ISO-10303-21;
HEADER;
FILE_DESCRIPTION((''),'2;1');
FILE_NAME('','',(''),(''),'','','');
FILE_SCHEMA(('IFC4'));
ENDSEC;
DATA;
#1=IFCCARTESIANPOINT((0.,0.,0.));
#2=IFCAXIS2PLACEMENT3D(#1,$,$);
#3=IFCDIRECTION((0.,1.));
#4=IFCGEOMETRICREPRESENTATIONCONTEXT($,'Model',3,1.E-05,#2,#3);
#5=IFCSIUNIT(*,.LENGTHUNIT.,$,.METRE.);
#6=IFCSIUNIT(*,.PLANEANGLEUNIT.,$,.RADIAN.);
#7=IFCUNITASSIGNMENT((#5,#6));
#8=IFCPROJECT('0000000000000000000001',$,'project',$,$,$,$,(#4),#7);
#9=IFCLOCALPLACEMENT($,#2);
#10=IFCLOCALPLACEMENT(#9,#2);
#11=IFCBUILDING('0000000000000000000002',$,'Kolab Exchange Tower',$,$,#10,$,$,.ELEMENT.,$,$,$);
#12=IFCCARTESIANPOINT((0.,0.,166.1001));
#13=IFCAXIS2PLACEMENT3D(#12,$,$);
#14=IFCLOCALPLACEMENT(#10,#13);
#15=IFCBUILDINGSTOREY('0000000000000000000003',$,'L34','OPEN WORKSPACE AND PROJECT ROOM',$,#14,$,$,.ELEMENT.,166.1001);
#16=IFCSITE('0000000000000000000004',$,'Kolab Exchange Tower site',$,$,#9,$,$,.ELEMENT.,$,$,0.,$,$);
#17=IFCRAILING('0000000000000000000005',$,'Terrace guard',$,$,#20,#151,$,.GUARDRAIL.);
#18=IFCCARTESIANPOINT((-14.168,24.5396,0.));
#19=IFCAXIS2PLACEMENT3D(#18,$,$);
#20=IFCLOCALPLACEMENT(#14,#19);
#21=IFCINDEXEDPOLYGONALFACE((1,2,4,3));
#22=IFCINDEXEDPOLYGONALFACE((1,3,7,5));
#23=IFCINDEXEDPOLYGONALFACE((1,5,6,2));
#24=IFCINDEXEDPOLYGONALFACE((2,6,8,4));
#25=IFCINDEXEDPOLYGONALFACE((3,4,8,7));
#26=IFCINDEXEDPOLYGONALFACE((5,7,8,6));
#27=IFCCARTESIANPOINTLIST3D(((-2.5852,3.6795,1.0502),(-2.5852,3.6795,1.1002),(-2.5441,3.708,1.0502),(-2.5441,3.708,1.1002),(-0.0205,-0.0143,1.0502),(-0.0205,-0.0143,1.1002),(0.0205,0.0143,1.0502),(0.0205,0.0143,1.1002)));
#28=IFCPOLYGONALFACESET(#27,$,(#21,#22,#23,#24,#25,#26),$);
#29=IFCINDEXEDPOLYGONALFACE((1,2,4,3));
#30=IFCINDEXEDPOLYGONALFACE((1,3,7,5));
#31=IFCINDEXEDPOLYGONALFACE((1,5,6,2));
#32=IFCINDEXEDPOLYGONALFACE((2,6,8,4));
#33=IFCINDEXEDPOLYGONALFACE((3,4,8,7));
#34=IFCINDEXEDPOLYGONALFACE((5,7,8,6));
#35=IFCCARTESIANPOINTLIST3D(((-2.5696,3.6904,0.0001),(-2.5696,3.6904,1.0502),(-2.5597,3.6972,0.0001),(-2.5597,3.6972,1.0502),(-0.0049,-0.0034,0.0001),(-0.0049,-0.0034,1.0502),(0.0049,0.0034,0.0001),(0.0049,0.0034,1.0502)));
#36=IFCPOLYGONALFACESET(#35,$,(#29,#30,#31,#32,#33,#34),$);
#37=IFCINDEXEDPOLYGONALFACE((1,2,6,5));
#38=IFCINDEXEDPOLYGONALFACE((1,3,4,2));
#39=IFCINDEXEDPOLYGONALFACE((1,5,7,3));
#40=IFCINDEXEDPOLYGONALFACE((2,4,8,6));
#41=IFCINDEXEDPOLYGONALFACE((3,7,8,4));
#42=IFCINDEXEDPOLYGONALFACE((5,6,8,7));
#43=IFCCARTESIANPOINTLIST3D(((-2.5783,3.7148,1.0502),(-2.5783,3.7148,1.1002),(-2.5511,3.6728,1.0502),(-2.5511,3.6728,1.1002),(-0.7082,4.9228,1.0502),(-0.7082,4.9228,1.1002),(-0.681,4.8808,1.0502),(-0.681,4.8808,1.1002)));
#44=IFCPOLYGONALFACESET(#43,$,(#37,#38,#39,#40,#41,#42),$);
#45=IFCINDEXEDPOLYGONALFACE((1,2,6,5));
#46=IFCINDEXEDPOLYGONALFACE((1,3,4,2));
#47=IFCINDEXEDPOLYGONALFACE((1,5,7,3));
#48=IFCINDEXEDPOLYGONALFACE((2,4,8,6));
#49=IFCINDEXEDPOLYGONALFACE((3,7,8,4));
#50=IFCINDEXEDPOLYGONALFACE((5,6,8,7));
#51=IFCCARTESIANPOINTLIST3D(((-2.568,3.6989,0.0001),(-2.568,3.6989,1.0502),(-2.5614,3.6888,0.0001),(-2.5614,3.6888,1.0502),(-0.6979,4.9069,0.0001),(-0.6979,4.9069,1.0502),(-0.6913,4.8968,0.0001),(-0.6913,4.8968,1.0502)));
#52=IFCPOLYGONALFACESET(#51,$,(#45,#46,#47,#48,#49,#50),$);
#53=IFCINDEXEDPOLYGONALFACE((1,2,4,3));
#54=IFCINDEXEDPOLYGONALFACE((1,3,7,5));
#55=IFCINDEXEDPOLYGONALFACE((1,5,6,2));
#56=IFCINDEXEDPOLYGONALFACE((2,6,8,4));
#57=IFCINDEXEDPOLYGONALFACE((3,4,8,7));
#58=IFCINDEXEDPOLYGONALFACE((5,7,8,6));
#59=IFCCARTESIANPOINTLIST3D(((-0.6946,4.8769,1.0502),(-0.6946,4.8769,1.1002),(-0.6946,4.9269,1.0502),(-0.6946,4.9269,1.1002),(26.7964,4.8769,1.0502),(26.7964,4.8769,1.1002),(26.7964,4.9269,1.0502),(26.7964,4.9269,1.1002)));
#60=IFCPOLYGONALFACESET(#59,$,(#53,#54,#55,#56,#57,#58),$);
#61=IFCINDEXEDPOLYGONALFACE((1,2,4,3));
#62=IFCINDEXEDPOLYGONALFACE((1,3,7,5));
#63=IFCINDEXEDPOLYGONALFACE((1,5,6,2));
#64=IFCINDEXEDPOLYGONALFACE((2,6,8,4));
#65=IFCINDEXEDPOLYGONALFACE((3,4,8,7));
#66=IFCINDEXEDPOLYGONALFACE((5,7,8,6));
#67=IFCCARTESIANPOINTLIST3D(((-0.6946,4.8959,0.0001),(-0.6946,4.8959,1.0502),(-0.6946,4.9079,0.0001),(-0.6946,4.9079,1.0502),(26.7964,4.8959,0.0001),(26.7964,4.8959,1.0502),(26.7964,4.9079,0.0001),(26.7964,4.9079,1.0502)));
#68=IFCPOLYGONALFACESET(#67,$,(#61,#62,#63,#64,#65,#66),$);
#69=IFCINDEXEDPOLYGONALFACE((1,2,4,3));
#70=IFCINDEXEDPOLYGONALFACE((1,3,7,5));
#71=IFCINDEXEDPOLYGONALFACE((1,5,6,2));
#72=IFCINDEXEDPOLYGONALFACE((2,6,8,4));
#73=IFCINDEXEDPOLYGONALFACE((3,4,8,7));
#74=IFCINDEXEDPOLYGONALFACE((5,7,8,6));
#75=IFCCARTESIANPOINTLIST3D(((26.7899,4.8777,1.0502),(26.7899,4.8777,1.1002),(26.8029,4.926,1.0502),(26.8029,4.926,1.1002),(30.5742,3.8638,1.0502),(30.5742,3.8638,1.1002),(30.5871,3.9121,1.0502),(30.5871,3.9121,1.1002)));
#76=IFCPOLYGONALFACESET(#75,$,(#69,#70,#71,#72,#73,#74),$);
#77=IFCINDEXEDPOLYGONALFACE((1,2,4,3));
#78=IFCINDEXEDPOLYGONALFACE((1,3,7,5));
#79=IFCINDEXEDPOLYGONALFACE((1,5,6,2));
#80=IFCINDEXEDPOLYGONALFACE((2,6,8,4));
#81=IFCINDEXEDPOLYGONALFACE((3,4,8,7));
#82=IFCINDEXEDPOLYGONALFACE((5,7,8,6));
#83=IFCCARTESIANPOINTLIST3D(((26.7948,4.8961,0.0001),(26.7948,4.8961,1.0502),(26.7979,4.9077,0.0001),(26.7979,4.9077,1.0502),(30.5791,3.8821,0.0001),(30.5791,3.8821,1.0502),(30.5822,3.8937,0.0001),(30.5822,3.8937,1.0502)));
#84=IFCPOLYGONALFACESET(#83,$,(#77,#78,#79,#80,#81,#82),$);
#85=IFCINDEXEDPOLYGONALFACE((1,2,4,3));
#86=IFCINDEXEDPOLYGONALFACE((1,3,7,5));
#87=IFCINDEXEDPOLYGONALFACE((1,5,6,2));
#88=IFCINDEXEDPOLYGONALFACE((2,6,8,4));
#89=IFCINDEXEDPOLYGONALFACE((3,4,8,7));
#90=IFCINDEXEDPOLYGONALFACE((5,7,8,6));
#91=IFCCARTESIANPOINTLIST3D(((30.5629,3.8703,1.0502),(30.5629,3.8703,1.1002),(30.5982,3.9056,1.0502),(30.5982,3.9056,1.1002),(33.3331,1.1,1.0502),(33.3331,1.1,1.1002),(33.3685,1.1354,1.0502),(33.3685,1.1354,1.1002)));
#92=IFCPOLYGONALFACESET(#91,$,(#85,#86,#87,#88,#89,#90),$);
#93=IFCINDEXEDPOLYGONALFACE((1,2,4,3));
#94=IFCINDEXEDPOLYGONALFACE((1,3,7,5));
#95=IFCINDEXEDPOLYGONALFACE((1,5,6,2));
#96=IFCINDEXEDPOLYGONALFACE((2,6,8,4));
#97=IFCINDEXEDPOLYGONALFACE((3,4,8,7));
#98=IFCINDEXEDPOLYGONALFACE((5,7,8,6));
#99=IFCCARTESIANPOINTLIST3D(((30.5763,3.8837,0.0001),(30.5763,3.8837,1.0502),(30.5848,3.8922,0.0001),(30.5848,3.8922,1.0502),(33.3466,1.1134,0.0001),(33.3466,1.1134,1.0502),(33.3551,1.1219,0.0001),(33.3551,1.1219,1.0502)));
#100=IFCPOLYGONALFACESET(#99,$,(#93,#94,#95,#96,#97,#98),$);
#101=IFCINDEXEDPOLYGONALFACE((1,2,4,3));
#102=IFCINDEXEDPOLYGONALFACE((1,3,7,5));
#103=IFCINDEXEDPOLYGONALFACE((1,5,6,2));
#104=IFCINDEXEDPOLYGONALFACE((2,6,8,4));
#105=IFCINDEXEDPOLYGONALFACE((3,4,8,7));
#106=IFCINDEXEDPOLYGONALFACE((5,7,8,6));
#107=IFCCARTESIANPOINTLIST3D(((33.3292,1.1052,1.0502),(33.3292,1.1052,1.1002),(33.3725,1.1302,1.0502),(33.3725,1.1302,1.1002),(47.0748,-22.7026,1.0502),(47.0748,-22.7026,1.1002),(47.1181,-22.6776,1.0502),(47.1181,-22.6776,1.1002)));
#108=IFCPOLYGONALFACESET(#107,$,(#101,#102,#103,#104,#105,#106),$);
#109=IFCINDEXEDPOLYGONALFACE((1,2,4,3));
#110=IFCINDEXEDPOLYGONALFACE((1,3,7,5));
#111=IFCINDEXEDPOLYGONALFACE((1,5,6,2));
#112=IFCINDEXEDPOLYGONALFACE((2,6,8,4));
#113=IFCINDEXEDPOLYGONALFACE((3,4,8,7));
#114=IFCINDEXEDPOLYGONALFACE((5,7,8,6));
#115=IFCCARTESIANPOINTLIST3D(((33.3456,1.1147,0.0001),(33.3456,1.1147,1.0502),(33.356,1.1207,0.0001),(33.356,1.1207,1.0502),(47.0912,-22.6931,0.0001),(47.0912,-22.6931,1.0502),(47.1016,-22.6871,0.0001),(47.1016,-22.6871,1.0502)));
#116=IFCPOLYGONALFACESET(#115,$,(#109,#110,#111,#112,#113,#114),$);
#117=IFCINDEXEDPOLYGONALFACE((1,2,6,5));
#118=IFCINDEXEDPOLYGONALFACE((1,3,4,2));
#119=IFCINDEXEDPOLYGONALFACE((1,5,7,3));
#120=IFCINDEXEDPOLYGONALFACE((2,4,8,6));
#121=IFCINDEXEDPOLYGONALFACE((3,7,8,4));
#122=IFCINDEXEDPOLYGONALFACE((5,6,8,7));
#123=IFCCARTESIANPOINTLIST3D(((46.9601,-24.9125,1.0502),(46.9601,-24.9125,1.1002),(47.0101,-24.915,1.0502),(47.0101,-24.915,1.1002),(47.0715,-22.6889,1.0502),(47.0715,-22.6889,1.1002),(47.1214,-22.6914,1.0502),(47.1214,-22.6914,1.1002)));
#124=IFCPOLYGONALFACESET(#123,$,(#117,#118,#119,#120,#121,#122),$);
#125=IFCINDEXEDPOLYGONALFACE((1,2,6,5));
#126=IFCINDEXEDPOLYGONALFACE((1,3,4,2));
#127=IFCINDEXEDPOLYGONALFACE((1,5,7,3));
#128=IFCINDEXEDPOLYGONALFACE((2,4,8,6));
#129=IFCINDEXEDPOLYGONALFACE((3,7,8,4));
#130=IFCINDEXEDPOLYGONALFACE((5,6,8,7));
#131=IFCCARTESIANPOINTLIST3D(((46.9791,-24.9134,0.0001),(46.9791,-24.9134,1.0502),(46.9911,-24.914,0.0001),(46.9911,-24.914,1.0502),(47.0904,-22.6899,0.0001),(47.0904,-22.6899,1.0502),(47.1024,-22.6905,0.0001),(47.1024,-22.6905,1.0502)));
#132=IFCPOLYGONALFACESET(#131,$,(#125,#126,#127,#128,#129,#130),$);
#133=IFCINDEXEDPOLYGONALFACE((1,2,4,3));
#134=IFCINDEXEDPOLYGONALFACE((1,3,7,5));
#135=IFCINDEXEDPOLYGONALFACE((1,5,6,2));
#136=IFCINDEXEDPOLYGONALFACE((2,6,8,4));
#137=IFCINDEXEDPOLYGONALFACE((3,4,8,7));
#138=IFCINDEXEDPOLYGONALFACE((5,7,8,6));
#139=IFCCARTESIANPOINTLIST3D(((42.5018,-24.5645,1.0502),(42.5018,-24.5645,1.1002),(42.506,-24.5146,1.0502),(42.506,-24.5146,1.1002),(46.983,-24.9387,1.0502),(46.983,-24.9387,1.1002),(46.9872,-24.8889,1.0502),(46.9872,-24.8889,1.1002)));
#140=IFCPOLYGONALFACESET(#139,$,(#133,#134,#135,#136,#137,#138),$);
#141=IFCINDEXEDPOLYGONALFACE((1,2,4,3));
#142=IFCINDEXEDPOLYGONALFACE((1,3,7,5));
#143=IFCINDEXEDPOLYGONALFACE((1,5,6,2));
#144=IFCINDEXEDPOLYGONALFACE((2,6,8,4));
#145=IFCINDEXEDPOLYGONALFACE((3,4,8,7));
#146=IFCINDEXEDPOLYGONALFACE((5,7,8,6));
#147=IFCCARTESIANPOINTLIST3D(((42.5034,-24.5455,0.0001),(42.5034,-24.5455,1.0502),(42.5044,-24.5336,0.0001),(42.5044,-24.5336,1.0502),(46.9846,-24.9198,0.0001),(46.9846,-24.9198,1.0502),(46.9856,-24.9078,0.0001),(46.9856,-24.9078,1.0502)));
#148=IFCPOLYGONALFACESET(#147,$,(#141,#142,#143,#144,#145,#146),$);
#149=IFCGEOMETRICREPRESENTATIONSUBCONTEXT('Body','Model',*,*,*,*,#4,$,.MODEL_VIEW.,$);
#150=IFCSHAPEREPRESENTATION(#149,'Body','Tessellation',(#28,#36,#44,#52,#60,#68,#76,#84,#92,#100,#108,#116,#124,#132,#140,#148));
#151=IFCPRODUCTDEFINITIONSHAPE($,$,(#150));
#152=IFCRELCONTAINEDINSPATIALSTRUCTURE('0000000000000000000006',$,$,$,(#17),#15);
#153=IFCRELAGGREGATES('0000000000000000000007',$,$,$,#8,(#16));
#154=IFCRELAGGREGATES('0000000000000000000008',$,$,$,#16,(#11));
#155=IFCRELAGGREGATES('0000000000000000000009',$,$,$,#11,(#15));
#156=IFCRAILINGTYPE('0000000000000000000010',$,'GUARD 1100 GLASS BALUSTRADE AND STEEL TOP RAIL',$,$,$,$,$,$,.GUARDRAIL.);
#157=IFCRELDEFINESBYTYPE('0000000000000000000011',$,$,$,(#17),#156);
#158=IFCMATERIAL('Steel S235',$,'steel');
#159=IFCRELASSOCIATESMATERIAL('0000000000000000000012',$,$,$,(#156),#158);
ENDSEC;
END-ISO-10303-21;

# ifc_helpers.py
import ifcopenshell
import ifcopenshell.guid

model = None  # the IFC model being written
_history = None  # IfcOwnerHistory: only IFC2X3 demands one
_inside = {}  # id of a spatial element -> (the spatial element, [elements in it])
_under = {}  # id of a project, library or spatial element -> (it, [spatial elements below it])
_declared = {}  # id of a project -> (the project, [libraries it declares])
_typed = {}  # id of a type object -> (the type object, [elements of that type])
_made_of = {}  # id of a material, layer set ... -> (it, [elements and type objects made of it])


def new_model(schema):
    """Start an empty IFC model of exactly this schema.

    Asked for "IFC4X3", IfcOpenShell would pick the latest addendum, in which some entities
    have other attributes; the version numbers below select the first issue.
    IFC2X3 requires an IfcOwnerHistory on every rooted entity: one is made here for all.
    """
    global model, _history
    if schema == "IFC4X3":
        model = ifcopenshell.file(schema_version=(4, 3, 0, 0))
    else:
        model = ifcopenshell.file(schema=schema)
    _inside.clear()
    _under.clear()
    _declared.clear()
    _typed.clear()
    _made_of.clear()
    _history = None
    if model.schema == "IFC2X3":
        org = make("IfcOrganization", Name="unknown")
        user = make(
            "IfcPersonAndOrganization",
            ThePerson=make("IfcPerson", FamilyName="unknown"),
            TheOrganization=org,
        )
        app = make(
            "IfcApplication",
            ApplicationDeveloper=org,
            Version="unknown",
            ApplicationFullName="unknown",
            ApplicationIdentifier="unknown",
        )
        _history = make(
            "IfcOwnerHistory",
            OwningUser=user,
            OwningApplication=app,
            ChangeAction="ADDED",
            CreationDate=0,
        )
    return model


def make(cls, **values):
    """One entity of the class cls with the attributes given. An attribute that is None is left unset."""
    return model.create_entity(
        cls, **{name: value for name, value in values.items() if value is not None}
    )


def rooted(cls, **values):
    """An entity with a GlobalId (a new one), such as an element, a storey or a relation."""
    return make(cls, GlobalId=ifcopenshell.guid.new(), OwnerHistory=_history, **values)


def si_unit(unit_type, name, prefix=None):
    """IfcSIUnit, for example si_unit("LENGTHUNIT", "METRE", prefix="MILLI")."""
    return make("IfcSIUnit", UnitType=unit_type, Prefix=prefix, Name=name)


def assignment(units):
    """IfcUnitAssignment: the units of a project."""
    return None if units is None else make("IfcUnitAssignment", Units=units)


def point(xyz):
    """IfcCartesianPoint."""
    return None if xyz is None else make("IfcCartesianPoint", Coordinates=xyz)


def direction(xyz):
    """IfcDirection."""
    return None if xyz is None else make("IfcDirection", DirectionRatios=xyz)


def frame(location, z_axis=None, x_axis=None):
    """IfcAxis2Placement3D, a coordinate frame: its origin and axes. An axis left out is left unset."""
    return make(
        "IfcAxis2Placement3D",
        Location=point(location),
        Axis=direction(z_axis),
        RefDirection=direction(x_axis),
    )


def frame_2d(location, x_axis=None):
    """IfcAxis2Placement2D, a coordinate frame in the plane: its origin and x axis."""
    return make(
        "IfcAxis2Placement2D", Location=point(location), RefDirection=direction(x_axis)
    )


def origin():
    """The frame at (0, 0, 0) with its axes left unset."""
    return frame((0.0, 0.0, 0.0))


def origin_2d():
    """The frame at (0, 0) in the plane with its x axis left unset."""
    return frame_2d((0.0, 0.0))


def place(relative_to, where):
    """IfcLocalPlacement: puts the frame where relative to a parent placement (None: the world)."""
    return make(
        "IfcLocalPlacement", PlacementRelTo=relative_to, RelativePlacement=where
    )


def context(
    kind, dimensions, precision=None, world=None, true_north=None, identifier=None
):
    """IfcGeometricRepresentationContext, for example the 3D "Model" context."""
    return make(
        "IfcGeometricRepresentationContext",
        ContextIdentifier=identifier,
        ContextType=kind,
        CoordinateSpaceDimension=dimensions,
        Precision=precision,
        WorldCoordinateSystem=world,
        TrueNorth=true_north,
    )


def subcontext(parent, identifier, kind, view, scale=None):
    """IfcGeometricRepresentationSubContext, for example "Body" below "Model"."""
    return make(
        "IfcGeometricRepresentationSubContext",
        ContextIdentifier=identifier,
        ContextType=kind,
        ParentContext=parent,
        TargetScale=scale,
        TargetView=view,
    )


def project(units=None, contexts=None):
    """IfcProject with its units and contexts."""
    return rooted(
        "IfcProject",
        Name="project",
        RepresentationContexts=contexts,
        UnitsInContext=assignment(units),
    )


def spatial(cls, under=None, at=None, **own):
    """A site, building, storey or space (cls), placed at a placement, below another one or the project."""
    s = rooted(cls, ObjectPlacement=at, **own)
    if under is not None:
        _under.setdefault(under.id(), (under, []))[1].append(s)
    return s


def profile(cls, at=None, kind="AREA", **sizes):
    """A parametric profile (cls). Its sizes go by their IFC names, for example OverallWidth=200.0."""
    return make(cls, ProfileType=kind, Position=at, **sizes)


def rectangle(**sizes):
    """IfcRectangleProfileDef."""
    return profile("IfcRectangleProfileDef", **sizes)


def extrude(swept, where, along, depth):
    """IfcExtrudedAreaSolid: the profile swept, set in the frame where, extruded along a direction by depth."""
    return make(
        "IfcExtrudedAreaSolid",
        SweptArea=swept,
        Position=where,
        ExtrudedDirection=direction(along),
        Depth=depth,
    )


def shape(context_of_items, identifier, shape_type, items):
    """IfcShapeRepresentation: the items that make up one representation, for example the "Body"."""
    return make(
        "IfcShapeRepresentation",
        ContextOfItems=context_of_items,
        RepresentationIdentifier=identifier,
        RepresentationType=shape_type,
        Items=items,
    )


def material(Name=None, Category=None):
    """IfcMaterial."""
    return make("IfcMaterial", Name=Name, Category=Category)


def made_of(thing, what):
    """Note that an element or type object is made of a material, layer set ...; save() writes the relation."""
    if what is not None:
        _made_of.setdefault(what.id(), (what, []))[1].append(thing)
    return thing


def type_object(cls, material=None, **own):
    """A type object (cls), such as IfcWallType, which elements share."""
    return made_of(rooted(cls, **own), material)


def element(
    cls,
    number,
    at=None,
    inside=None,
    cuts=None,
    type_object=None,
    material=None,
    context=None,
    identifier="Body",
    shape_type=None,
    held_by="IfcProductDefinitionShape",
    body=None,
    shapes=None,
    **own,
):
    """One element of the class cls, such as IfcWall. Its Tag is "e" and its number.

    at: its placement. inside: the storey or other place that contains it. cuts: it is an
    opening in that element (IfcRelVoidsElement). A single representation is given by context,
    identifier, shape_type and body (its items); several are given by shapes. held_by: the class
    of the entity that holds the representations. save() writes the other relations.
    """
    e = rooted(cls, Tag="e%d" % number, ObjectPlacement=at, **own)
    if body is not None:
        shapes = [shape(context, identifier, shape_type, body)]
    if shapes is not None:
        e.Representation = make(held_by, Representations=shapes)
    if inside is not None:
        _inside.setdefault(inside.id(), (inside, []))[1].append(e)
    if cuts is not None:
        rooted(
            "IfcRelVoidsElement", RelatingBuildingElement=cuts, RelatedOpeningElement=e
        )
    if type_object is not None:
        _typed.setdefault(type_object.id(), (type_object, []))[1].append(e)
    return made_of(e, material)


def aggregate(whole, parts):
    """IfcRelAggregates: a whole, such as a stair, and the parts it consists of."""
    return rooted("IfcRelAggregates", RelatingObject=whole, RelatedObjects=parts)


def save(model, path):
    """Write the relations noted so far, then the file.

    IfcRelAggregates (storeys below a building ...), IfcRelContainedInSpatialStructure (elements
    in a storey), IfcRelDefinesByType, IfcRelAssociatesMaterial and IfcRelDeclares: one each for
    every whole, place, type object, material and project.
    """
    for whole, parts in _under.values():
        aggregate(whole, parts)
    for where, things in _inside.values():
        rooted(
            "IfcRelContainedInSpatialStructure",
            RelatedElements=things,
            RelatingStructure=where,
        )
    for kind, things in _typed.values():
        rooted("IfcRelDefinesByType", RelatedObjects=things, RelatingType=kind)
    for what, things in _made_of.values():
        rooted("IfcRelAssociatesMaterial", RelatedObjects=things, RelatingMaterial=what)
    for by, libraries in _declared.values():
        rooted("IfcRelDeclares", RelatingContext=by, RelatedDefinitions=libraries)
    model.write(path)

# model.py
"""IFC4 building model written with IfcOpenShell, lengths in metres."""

from ifc_helpers import new_model, si_unit, direction, frame, frame_2d, origin, origin_2d, place, context, subcontext, project, spatial, rectangle, extrude, material, type_object, element, save


model = new_model("IFC4")

# Units and contexts
model_context = context("Model", 3, precision=1e-05, world=origin(), true_north=direction((0.0, 1.0)))
body_context = subcontext(model_context, "Body", "Model", "MODEL_VIEW")
ifc_project = project(units=[si_unit("LENGTHUNIT", "METRE"), si_unit("PLANEANGLEUNIT", "RADIAN")], contexts=[model_context])

# Site, building, storey
site_placement = place(None, origin())
site = spatial("IfcSite", under=ifc_project, at=site_placement, Name="Kolab Exchange Tower site", CompositionType="ELEMENT", RefElevation=0.0)
building_placement = place(site_placement, origin())
building = spatial("IfcBuilding", under=site, at=building_placement, Name="Kolab Exchange Tower", CompositionType="ELEMENT")
storey_placement = place(building_placement, frame((0.0, 0.0, 166.1001)))
storey = spatial("IfcBuildingStorey", under=building, at=storey_placement, Name="L34", Description="OPEN WORKSPACE AND PROJECT ROOM", CompositionType="ELEMENT", Elevation=166.1001)

# Shared definitions
ifc_material_1 = material(Name="Steel S235", Category="steel")

# Railing
railing_type = type_object("IfcRailingType", Name="GUARD 1100 GLASS BALUSTRADE AND STEEL TOP RAIL", PredefinedType="GUARDRAIL", material=ifc_material_1)
railing_1_placement = place(storey_placement, frame((-14.168, 24.5396, 0.0)))
element("IfcRailing", 1, at=railing_1_placement, inside=storey, type_object=railing_type, Name="Terrace guard", PredefinedType="GUARDRAIL", context=body_context, shape_type="SweptSolid", body=[
    extrude(rectangle(XDim=0.05, YDim=0.05, at=origin_2d()), frame((0.0, 0.0, 1.0752), z_axis=(-0.570325, 0.821419, 0.0), x_axis=(-0.821419, -0.570325, 0.0)), (0.0, 0.0, 1.0), 4.4968),
    extrude(rectangle(XDim=0.012, YDim=1.0501, at=frame_2d((0.0, 0.5251))), frame((0.0, 0.0, 0.0), z_axis=(-0.570325, 0.821419, 0.0), x_axis=(-0.821419, -0.570325, 0.0)), (0.0, 0.0, 1.0), 4.4968),
    extrude(rectangle(XDim=0.05, YDim=0.05, at=origin_2d()), frame((-2.5647, 3.6938, 1.0752), z_axis=(0.839994, 0.542596, 0.0), x_axis=(-0.542596, 0.839994, 0.0)), (0.0, 0.0, 1.0), 2.2263),
    extrude(rectangle(XDim=0.012, YDim=1.0501, at=frame_2d((0.0, 0.5251))), frame((-2.5647, 3.6938, 0.0), z_axis=(0.839994, 0.542596, 0.0), x_axis=(-0.542596, 0.839994, 0.0)), (0.0, 0.0, 1.0), 2.2263),
    extrude(rectangle(XDim=0.05, YDim=0.05, at=origin_2d()), frame((-0.6946, 4.9019, 1.0752), z_axis=(1.0, 0.0, 0.0), x_axis=(0.0, 1.0, 0.0)), (0.0, 0.0, 1.0), 27.491),
    extrude(rectangle(XDim=0.012, YDim=1.0501, at=frame_2d((0.0, 0.5251))), frame((-0.6946, 4.9019, 0.0), z_axis=(1.0, 0.0, 0.0), x_axis=(0.0, 1.0, 0.0)), (0.0, 0.0, 1.0), 27.491),
    extrude(rectangle(XDim=0.05, YDim=0.05, at=origin_2d()), frame((26.7964, 4.9019, 1.0752), z_axis=(0.965929, -0.258807, 0.0), x_axis=(0.258807, 0.965929, 0.0)), (0.0, 0.0, 1.0), 3.9177),
    extrude(rectangle(XDim=0.012, YDim=1.0501, at=frame_2d((0.0, 0.5251))), frame((26.7964, 4.9019, 0.0), z_axis=(0.965929, -0.258807, 0.0), x_axis=(0.258807, 0.965929, 0.0)), (0.0, 0.0, 1.0), 3.9177),
    extrude(rectangle(XDim=0.05, YDim=0.05, at=origin_2d()), frame((30.5806, 3.8879, 1.0752), z_axis=(0.707107, -0.707107, 0.0), x_axis=(0.707107, 0.707107, 0.0)), (0.0, 0.0, 1.0), 3.9177),
    extrude(rectangle(XDim=0.012, YDim=1.0501, at=frame_2d((0.0, 0.5251))), frame((30.5806, 3.8879, 0.0), z_axis=(0.707107, -0.707107, 0.0), x_axis=(0.707107, 0.707107, 0.0)), (0.0, 0.0, 1.0), 3.9177),
    extrude(rectangle(XDim=0.05, YDim=0.05, at=origin_2d()), frame((33.3508, 1.1177, 1.0752), z_axis=(0.500004, -0.866023, 0.0), x_axis=(0.866023, 0.500004, 0.0)), (0.0, 0.0, 1.0), 27.491),
    extrude(rectangle(XDim=0.012, YDim=1.0501, at=frame_2d((0.0, 0.5251))), frame((33.3508, 1.1177, 0.0), z_axis=(0.500004, -0.866023, 0.0), x_axis=(0.866023, 0.500004, 0.0)), (0.0, 0.0, 1.0), 27.491),
    extrude(rectangle(XDim=0.05, YDim=0.05, at=origin_2d()), frame((47.0964, -22.6902, 1.0752), z_axis=(-0.050003, -0.998749, 0.0), x_axis=(0.998749, -0.050003, 0.0)), (0.0, 0.0, 1.0), 2.2263),
    extrude(rectangle(XDim=0.012, YDim=1.0501, at=frame_2d((0.0, 0.5251))), frame((47.0964, -22.6902, 0.0), z_axis=(-0.050003, -0.998749, 0.0), x_axis=(0.998749, -0.050003, 0.0)), (0.0, 0.0, 1.0), 2.2263),
    extrude(rectangle(XDim=0.05, YDim=0.05, at=origin_2d()), frame((46.9851, -24.9138, 1.0752), z_axis=(-0.99653, 0.08323, 0.0), x_axis=(-0.08323, -0.99653, 0.0)), (0.0, 0.0, 1.0), 4.4968),
    extrude(rectangle(XDim=0.012, YDim=1.0501, at=frame_2d((0.0, 0.5251))), frame((46.9851, -24.9138, 0.0), z_axis=(-0.99653, 0.08323, 0.0), x_axis=(-0.08323, -0.99653, 0.0)), (0.0, 0.0, 1.0), 4.4968),
])

save(model, "model.ifc")
